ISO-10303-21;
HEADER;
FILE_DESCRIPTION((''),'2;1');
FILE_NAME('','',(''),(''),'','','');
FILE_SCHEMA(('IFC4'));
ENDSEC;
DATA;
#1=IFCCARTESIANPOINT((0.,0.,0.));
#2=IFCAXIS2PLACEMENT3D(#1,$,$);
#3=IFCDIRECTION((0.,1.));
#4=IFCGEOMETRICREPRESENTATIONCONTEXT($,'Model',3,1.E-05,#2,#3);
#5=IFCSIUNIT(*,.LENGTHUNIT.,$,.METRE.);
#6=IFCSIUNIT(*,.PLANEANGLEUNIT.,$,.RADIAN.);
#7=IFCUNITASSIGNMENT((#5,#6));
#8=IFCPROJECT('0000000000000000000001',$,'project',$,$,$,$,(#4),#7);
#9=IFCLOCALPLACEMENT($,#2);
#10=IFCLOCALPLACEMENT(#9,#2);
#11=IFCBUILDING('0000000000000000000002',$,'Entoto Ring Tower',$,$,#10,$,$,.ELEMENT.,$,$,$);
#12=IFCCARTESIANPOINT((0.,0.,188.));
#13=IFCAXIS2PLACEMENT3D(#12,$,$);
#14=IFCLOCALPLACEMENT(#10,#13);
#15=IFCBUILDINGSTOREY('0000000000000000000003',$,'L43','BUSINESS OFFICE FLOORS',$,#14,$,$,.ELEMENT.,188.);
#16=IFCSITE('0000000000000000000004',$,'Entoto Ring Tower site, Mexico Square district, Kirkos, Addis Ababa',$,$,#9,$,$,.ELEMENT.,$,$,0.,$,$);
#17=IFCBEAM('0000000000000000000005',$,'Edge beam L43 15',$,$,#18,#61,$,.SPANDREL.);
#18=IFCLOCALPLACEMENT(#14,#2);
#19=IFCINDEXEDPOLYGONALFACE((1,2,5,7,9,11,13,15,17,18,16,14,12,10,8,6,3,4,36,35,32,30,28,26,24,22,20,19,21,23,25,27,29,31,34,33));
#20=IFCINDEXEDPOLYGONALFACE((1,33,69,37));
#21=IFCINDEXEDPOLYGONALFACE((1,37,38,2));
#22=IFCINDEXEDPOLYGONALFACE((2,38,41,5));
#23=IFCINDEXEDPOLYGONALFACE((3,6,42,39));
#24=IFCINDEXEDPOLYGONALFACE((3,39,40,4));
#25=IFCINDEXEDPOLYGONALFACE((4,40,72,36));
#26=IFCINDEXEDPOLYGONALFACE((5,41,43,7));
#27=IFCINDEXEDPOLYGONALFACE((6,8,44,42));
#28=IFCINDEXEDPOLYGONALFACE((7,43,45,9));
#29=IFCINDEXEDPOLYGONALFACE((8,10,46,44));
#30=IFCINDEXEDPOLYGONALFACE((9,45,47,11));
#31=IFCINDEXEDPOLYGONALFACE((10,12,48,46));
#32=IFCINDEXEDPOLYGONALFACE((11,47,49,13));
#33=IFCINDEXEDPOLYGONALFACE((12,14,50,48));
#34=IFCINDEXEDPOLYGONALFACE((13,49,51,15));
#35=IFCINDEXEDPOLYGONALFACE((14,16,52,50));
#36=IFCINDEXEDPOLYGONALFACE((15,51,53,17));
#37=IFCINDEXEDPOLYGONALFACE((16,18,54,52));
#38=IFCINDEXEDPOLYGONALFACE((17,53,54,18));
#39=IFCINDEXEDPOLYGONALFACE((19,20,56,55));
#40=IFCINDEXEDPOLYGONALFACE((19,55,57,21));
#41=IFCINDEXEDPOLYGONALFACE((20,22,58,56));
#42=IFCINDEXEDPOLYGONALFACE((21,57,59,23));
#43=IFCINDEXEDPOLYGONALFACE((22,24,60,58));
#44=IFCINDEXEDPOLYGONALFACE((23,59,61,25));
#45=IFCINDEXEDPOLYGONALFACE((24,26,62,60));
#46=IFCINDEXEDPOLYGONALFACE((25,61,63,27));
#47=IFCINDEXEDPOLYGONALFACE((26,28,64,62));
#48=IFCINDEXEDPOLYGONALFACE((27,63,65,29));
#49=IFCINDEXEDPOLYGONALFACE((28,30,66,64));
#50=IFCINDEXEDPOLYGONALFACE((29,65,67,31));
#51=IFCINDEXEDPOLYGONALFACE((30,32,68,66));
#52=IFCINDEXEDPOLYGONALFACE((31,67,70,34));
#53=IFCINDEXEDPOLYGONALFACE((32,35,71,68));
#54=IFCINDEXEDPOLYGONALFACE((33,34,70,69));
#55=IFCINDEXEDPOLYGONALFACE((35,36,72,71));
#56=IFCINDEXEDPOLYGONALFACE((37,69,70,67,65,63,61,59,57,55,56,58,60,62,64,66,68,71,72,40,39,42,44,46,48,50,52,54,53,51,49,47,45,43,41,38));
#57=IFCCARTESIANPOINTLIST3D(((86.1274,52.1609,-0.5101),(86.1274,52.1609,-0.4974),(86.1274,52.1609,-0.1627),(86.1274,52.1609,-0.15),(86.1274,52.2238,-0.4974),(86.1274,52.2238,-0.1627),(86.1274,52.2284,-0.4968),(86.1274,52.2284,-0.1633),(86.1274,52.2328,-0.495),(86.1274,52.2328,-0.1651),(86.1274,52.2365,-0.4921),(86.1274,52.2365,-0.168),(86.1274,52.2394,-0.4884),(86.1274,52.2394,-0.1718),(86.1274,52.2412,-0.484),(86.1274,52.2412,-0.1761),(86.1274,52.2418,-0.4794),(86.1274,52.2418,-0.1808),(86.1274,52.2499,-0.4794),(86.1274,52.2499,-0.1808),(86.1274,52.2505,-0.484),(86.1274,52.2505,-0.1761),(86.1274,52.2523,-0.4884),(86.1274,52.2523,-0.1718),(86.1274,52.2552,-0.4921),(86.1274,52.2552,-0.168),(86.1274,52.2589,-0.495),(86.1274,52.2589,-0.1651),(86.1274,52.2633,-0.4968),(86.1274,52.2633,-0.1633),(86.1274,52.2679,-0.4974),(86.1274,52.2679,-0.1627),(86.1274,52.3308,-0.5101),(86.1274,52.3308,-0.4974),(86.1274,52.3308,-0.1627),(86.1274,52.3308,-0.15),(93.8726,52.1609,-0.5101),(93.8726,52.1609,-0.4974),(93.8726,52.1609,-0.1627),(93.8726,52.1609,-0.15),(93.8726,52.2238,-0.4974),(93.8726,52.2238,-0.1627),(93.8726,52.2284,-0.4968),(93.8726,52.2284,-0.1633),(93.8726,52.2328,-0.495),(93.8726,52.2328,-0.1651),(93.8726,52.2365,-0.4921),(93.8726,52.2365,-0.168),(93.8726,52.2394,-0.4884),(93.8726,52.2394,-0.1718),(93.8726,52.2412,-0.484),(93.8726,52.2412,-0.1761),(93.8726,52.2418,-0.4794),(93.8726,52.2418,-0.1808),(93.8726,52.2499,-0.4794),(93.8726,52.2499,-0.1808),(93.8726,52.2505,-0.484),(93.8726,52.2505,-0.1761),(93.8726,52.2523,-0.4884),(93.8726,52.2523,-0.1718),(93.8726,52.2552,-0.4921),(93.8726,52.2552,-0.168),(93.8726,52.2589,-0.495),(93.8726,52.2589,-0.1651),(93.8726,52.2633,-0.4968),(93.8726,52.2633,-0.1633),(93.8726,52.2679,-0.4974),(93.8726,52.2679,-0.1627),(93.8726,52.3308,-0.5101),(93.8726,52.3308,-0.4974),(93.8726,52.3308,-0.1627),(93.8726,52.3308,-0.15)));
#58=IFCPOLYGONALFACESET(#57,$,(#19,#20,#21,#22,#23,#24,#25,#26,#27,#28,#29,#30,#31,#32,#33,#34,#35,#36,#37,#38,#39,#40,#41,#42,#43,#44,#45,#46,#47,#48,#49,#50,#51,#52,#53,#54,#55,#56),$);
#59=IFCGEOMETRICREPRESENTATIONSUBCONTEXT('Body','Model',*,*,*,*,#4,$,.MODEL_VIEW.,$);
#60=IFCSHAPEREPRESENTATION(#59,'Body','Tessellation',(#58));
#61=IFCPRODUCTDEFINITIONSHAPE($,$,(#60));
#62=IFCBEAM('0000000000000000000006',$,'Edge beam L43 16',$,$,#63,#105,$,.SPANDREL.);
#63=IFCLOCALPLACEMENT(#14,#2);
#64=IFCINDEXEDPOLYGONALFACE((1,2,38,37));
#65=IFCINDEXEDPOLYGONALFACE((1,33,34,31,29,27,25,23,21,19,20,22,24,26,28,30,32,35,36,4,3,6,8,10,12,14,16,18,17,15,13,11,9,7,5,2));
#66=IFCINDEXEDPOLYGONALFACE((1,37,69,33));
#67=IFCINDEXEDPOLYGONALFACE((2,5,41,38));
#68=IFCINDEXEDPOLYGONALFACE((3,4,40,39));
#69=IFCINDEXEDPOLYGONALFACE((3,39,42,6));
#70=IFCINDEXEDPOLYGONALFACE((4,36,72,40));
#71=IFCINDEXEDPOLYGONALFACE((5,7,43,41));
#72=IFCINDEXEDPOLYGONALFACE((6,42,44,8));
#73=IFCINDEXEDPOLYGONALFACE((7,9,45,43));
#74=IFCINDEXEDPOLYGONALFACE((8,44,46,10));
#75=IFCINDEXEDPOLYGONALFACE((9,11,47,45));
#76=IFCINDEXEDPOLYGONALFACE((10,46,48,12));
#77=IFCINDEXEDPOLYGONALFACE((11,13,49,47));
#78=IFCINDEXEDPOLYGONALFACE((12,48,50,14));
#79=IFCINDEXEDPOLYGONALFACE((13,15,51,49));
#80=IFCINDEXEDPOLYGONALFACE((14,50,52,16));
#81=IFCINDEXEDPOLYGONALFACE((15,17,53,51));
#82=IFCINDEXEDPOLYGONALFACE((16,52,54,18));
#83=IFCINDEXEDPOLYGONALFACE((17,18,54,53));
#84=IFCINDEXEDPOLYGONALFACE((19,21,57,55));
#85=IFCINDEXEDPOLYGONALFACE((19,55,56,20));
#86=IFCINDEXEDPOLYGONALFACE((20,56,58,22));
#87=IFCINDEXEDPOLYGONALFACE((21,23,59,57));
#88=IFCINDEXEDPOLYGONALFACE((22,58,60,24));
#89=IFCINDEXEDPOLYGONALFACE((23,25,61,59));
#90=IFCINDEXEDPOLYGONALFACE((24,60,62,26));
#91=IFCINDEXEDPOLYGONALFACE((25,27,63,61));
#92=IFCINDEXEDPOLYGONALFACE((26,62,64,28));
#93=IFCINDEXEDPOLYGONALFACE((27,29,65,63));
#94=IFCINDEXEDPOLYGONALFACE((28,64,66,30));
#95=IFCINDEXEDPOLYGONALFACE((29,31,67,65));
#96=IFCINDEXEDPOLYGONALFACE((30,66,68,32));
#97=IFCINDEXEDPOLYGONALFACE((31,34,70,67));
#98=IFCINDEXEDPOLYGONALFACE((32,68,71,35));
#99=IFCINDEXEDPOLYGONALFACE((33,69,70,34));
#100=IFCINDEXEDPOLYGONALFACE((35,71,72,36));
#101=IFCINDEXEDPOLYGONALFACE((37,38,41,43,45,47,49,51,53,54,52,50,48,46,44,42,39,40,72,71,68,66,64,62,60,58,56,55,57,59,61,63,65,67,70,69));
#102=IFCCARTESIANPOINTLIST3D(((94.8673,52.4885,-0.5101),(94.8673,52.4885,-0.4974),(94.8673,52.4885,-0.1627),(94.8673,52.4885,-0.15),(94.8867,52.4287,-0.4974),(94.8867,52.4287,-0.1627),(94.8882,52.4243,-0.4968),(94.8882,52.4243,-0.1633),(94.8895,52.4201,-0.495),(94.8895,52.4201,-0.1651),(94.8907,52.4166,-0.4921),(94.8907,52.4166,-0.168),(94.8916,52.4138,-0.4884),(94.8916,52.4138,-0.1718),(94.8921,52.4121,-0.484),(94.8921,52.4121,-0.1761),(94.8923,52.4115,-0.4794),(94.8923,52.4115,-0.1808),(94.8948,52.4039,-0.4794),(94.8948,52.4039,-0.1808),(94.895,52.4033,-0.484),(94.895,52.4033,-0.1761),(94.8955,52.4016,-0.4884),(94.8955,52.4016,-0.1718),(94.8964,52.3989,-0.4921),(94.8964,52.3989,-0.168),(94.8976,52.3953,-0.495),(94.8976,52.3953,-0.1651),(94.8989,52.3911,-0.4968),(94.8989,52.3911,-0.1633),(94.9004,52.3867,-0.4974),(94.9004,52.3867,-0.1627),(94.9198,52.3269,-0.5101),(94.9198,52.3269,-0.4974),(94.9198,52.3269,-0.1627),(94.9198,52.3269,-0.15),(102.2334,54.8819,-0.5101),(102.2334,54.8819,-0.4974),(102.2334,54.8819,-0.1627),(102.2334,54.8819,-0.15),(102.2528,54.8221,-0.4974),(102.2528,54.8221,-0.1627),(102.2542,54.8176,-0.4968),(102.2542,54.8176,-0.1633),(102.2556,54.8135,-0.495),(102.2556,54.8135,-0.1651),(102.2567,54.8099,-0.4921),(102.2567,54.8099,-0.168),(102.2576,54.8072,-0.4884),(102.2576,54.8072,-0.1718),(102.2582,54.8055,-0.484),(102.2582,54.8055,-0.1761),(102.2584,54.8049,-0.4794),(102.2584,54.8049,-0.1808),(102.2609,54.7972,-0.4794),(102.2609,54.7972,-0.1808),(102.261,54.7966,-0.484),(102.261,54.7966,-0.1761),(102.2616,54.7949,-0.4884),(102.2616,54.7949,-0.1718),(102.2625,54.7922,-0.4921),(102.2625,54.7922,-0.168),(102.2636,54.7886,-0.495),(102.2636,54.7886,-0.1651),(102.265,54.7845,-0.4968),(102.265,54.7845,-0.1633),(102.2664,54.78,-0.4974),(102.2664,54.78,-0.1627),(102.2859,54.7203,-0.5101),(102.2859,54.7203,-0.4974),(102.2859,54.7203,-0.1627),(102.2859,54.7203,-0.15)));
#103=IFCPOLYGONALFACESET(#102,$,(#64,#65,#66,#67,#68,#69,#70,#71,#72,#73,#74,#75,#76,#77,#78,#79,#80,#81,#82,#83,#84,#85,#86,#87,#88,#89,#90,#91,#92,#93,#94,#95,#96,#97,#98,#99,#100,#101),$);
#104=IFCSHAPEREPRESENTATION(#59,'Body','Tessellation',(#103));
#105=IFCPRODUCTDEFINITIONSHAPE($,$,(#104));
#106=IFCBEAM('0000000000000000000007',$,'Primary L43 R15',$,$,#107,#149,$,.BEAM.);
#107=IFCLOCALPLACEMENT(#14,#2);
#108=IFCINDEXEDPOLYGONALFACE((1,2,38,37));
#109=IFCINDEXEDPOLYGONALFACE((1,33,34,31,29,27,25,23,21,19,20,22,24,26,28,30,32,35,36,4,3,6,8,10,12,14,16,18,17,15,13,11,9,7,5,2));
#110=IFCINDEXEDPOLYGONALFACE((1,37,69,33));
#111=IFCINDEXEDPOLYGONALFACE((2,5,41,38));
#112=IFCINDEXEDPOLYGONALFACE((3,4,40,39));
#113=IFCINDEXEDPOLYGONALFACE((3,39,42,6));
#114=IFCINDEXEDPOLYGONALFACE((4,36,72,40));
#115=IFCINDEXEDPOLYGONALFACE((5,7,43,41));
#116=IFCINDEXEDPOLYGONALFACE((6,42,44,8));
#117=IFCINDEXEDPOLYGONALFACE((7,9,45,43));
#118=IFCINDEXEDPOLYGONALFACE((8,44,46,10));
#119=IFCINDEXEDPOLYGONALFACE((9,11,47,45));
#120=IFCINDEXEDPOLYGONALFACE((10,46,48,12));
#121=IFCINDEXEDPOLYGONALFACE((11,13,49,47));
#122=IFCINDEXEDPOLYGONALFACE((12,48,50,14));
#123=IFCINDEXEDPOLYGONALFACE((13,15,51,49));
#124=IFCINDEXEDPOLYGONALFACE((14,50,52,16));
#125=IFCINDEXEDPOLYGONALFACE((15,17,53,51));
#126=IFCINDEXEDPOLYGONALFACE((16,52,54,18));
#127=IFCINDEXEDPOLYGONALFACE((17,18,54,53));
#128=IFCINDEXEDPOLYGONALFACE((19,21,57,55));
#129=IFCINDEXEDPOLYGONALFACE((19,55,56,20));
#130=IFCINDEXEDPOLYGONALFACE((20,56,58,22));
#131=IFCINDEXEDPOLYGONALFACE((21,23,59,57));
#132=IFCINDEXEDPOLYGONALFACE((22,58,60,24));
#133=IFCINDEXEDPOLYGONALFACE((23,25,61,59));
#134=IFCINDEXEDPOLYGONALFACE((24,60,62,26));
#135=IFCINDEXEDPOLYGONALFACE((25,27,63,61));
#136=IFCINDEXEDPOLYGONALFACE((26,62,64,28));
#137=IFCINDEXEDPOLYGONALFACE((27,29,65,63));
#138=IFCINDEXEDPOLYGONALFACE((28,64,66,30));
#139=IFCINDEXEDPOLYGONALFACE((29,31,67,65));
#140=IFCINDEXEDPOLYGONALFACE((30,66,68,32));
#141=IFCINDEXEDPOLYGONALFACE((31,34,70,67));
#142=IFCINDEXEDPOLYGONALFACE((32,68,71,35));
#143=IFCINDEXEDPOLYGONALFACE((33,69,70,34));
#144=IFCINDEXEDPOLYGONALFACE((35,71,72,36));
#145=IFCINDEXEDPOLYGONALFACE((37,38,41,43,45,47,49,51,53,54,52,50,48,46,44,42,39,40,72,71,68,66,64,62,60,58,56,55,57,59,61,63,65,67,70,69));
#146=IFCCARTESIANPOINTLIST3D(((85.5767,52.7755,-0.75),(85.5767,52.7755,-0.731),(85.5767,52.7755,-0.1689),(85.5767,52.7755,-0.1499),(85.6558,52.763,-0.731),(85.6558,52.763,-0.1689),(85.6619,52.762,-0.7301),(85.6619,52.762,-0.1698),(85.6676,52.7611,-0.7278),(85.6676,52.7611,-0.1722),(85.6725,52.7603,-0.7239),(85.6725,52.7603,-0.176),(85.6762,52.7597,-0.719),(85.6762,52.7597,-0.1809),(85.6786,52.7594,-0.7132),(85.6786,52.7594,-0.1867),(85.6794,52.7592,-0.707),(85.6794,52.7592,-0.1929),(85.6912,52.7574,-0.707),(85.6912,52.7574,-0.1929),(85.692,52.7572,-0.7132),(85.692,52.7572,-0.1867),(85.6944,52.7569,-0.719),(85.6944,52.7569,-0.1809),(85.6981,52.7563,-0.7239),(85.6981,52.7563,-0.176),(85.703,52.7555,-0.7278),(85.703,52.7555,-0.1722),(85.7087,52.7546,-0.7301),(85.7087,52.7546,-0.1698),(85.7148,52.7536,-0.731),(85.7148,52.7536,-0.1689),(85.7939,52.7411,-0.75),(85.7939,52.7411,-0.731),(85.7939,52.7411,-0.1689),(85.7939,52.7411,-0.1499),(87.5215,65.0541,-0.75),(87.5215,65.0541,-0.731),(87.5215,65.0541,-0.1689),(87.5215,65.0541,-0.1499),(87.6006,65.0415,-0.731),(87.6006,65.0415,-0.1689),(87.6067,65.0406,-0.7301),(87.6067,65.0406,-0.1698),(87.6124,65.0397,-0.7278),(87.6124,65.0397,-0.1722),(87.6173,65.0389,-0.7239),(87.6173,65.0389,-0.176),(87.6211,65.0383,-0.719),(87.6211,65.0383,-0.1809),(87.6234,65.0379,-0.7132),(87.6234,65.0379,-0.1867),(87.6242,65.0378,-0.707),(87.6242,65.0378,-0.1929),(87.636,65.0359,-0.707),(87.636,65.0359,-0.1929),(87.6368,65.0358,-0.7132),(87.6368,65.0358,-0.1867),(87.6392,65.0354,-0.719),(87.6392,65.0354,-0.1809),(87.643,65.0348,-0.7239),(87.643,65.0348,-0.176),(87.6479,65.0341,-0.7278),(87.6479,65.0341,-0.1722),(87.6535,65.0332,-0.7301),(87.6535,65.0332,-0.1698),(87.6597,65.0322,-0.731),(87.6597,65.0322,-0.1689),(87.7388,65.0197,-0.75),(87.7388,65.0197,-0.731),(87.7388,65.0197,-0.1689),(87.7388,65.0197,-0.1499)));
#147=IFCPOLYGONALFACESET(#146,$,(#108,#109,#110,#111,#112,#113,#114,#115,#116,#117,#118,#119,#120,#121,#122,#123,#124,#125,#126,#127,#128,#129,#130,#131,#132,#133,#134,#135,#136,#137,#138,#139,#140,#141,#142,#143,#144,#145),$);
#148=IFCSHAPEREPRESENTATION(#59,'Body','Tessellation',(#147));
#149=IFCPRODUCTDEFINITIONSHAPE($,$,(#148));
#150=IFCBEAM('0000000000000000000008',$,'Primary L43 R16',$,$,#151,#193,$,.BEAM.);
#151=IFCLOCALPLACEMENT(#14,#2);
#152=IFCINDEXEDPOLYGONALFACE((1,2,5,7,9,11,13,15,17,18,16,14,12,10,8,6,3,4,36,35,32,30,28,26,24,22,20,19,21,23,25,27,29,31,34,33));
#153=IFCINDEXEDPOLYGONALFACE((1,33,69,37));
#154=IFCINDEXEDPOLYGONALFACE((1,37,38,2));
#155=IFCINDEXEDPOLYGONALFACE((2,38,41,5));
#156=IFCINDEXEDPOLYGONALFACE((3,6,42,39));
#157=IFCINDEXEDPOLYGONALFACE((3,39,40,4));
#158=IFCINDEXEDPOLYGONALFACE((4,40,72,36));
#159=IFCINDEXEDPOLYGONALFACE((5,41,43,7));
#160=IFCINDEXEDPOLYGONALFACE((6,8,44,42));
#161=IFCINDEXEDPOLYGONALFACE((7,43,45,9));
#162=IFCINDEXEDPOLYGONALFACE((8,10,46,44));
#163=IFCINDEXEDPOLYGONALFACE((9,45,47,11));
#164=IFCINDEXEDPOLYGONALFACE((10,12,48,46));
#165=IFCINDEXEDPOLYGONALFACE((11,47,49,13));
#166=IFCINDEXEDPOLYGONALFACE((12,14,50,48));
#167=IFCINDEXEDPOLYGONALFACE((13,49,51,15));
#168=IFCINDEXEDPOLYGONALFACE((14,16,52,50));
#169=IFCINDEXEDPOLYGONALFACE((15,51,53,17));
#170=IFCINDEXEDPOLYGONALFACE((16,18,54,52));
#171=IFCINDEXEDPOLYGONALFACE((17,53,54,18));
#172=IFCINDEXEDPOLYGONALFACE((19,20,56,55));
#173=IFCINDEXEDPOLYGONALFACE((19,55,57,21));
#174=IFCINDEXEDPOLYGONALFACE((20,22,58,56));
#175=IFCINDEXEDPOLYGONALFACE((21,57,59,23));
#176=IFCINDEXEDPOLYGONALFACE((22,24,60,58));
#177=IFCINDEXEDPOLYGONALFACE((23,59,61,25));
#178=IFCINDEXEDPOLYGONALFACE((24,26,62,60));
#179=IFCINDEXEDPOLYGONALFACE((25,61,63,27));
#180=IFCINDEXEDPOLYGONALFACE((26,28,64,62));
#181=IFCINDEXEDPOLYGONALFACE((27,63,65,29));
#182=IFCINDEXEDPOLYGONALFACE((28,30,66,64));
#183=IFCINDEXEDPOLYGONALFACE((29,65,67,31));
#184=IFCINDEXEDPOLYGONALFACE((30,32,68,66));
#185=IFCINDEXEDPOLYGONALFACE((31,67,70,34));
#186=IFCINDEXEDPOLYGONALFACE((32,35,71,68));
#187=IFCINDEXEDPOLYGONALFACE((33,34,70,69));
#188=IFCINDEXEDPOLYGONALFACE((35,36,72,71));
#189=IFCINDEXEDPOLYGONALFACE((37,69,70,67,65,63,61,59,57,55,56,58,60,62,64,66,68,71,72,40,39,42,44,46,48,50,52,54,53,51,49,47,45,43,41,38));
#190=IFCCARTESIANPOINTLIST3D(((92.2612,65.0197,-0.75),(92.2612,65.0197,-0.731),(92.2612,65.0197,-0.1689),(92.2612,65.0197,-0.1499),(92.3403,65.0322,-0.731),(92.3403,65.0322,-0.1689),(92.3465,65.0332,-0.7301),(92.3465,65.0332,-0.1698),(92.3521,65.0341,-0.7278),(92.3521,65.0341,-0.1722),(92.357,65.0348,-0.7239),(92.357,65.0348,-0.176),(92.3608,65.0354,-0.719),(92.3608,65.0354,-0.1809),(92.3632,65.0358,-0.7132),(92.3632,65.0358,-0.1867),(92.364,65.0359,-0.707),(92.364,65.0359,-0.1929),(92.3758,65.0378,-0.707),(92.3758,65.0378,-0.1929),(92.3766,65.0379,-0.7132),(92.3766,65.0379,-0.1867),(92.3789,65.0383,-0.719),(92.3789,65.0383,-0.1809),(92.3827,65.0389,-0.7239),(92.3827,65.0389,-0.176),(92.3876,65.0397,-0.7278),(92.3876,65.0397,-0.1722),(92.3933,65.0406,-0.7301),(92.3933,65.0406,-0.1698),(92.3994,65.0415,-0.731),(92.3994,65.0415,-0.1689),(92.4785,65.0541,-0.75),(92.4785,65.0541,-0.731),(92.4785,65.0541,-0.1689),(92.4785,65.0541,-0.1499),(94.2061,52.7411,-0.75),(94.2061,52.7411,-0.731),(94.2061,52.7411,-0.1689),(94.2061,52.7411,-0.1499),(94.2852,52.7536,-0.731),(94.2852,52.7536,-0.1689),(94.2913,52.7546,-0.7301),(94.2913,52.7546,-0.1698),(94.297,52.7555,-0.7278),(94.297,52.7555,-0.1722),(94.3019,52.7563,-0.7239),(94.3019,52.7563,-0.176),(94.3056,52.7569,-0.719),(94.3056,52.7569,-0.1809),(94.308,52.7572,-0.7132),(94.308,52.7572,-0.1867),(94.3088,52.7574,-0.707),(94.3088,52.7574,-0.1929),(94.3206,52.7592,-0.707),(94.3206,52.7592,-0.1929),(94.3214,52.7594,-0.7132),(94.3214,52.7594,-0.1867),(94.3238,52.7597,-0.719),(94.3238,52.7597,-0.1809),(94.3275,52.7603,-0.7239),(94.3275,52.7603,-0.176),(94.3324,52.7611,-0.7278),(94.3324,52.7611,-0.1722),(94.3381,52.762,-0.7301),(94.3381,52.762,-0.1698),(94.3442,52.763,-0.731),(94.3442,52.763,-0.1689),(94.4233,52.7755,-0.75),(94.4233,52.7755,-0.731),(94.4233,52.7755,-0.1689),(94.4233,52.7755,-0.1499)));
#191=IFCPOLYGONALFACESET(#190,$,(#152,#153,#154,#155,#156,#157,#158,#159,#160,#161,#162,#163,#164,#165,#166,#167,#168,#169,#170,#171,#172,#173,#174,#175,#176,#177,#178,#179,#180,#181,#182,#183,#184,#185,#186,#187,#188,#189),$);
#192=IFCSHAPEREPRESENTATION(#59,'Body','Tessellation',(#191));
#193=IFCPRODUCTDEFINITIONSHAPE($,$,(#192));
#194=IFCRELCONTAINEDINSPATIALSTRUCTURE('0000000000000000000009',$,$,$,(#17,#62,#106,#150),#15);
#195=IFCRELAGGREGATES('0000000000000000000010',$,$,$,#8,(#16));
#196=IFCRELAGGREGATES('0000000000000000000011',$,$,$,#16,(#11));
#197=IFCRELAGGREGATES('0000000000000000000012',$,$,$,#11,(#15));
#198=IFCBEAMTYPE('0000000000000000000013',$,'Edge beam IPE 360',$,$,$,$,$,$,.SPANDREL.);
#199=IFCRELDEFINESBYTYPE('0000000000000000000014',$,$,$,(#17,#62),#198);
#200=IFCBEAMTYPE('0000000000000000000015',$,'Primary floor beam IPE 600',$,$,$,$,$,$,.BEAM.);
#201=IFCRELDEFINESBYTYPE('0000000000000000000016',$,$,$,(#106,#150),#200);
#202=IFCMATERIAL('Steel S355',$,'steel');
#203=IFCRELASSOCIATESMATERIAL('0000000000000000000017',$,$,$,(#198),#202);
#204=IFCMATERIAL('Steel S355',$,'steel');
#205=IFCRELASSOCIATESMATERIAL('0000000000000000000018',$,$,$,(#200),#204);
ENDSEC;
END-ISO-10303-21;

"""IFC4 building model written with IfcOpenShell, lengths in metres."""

from ifc_helpers import new_model, si_unit, direction, frame, origin, origin_2d, place, context, subcontext, project, spatial, i_section, extrude, material, material_profile, profile_set, type_object, element, save


model = new_model("IFC4")

# Units and contexts
model_context = context("Model", 3, precision=1e-05, world=origin(), true_north=direction((0.0, 1.0)))
body_context = subcontext(model_context, "Body", "Model", "MODEL_VIEW")
ifc_project = project(units=[si_unit("LENGTHUNIT", "METRE"), si_unit("PLANEANGLEUNIT", "RADIAN")], contexts=[model_context])

# Site, building, storey
site_placement = place(None, origin())
site = spatial("IfcSite", under=ifc_project, at=site_placement, Name="Entoto Ring Tower site, Mexico Square district, Kirkos, Addis Ababa", CompositionType="ELEMENT", RefElevation=0.0)
building_placement = place(site_placement, origin())
building = spatial("IfcBuilding", under=site, at=building_placement, Name="Entoto Ring Tower", CompositionType="ELEMENT")
storey_placement = place(building_placement, frame((0.0, 0.0, 188.0)))
storey = spatial("IfcBuildingStorey", under=building, at=storey_placement, Name="L43", Description="BUSINESS OFFICE FLOORS", CompositionType="ELEMENT", Elevation=188.0)

# Beams
ifc_material_1 = material(Name="Steel S355", Category="steel")
ifc_material_profile_1 = material_profile(ifc_material_1, i_section(OverallWidth=0.1699, OverallDepth=0.3601, WebThickness=0.0081, FlangeThickness=0.0127, FilletRadius=0.0181, at=origin_2d()), Name="IPE 360")
ifc_profile_set_1 = profile_set([ifc_material_profile_1], Name="Steel S355")
beam_type_1 = type_object("IfcBeamType", Name="Edge beam IPE 360", PredefinedType="SPANDREL", material=ifc_profile_set_1)
for number, where, z_axis, x_axis, name in (
    (1, (86.1274, 52.2458, -0.3301), (1.0, 0.0, 0.0), (0.0, 1.0, 0.0), "Edge beam L43 15"),
    (2, (94.8936, 52.4077, -0.3301), (0.951058, 0.309013, 0.0), (-0.309013, 0.951058, 0.0), "Edge beam L43 16"),
):
    element("IfcBeam", number, at=place(storey_placement, frame(where, z_axis=z_axis, x_axis=x_axis)), inside=storey, type_object=beam_type_1, Name=name, PredefinedType="SPANDREL", context=body_context, shape_type="SweptSolid", body=[
        extrude(i_section(OverallWidth=0.1699, OverallDepth=0.3601, WebThickness=0.0081, FlangeThickness=0.0127, FilletRadius=0.0181, at=origin_2d()), origin(), (0.0, 0.0, 1.0), 7.7451),
    ])
ifc_material_2 = material(Name="Steel S355", Category="steel")
ifc_material_profile_2 = material_profile(ifc_material_2, i_section(OverallWidth=0.22, OverallDepth=0.6001, WebThickness=0.012, FlangeThickness=0.019, FilletRadius=0.0239, at=origin_2d()), Name="IPE 600")
ifc_profile_set_2 = profile_set([ifc_material_profile_2], Name="Steel S355")
beam_type_2 = type_object("IfcBeamType", Name="Primary floor beam IPE 600", PredefinedType="BEAM", material=ifc_profile_set_2)
for number, where, z_axis, x_axis, name in (
    (3, (87.6301, 65.0369, -0.45), (-0.156442, -0.987687, 0.0), (0.987687, -0.156442, 0.0), "Primary L43 R15"),
    (4, (92.3699, 65.0369, -0.45), (0.156442, -0.987687, 0.0), (0.987687, 0.156442, 0.0), "Primary L43 R16"),
):
    element("IfcBeam", number, at=place(storey_placement, frame(where, z_axis=z_axis, x_axis=x_axis)), inside=storey, type_object=beam_type_2, Name=name, PredefinedType="BEAM", context=body_context, shape_type="SweptSolid", body=[
        extrude(i_section(OverallWidth=0.22, OverallDepth=0.6001, WebThickness=0.012, FlangeThickness=0.019, FilletRadius=0.0239, at=origin_2d()), origin(), (0.0, 0.0, 1.0), 12.4316),
    ])

save(model, "model.ifc")
